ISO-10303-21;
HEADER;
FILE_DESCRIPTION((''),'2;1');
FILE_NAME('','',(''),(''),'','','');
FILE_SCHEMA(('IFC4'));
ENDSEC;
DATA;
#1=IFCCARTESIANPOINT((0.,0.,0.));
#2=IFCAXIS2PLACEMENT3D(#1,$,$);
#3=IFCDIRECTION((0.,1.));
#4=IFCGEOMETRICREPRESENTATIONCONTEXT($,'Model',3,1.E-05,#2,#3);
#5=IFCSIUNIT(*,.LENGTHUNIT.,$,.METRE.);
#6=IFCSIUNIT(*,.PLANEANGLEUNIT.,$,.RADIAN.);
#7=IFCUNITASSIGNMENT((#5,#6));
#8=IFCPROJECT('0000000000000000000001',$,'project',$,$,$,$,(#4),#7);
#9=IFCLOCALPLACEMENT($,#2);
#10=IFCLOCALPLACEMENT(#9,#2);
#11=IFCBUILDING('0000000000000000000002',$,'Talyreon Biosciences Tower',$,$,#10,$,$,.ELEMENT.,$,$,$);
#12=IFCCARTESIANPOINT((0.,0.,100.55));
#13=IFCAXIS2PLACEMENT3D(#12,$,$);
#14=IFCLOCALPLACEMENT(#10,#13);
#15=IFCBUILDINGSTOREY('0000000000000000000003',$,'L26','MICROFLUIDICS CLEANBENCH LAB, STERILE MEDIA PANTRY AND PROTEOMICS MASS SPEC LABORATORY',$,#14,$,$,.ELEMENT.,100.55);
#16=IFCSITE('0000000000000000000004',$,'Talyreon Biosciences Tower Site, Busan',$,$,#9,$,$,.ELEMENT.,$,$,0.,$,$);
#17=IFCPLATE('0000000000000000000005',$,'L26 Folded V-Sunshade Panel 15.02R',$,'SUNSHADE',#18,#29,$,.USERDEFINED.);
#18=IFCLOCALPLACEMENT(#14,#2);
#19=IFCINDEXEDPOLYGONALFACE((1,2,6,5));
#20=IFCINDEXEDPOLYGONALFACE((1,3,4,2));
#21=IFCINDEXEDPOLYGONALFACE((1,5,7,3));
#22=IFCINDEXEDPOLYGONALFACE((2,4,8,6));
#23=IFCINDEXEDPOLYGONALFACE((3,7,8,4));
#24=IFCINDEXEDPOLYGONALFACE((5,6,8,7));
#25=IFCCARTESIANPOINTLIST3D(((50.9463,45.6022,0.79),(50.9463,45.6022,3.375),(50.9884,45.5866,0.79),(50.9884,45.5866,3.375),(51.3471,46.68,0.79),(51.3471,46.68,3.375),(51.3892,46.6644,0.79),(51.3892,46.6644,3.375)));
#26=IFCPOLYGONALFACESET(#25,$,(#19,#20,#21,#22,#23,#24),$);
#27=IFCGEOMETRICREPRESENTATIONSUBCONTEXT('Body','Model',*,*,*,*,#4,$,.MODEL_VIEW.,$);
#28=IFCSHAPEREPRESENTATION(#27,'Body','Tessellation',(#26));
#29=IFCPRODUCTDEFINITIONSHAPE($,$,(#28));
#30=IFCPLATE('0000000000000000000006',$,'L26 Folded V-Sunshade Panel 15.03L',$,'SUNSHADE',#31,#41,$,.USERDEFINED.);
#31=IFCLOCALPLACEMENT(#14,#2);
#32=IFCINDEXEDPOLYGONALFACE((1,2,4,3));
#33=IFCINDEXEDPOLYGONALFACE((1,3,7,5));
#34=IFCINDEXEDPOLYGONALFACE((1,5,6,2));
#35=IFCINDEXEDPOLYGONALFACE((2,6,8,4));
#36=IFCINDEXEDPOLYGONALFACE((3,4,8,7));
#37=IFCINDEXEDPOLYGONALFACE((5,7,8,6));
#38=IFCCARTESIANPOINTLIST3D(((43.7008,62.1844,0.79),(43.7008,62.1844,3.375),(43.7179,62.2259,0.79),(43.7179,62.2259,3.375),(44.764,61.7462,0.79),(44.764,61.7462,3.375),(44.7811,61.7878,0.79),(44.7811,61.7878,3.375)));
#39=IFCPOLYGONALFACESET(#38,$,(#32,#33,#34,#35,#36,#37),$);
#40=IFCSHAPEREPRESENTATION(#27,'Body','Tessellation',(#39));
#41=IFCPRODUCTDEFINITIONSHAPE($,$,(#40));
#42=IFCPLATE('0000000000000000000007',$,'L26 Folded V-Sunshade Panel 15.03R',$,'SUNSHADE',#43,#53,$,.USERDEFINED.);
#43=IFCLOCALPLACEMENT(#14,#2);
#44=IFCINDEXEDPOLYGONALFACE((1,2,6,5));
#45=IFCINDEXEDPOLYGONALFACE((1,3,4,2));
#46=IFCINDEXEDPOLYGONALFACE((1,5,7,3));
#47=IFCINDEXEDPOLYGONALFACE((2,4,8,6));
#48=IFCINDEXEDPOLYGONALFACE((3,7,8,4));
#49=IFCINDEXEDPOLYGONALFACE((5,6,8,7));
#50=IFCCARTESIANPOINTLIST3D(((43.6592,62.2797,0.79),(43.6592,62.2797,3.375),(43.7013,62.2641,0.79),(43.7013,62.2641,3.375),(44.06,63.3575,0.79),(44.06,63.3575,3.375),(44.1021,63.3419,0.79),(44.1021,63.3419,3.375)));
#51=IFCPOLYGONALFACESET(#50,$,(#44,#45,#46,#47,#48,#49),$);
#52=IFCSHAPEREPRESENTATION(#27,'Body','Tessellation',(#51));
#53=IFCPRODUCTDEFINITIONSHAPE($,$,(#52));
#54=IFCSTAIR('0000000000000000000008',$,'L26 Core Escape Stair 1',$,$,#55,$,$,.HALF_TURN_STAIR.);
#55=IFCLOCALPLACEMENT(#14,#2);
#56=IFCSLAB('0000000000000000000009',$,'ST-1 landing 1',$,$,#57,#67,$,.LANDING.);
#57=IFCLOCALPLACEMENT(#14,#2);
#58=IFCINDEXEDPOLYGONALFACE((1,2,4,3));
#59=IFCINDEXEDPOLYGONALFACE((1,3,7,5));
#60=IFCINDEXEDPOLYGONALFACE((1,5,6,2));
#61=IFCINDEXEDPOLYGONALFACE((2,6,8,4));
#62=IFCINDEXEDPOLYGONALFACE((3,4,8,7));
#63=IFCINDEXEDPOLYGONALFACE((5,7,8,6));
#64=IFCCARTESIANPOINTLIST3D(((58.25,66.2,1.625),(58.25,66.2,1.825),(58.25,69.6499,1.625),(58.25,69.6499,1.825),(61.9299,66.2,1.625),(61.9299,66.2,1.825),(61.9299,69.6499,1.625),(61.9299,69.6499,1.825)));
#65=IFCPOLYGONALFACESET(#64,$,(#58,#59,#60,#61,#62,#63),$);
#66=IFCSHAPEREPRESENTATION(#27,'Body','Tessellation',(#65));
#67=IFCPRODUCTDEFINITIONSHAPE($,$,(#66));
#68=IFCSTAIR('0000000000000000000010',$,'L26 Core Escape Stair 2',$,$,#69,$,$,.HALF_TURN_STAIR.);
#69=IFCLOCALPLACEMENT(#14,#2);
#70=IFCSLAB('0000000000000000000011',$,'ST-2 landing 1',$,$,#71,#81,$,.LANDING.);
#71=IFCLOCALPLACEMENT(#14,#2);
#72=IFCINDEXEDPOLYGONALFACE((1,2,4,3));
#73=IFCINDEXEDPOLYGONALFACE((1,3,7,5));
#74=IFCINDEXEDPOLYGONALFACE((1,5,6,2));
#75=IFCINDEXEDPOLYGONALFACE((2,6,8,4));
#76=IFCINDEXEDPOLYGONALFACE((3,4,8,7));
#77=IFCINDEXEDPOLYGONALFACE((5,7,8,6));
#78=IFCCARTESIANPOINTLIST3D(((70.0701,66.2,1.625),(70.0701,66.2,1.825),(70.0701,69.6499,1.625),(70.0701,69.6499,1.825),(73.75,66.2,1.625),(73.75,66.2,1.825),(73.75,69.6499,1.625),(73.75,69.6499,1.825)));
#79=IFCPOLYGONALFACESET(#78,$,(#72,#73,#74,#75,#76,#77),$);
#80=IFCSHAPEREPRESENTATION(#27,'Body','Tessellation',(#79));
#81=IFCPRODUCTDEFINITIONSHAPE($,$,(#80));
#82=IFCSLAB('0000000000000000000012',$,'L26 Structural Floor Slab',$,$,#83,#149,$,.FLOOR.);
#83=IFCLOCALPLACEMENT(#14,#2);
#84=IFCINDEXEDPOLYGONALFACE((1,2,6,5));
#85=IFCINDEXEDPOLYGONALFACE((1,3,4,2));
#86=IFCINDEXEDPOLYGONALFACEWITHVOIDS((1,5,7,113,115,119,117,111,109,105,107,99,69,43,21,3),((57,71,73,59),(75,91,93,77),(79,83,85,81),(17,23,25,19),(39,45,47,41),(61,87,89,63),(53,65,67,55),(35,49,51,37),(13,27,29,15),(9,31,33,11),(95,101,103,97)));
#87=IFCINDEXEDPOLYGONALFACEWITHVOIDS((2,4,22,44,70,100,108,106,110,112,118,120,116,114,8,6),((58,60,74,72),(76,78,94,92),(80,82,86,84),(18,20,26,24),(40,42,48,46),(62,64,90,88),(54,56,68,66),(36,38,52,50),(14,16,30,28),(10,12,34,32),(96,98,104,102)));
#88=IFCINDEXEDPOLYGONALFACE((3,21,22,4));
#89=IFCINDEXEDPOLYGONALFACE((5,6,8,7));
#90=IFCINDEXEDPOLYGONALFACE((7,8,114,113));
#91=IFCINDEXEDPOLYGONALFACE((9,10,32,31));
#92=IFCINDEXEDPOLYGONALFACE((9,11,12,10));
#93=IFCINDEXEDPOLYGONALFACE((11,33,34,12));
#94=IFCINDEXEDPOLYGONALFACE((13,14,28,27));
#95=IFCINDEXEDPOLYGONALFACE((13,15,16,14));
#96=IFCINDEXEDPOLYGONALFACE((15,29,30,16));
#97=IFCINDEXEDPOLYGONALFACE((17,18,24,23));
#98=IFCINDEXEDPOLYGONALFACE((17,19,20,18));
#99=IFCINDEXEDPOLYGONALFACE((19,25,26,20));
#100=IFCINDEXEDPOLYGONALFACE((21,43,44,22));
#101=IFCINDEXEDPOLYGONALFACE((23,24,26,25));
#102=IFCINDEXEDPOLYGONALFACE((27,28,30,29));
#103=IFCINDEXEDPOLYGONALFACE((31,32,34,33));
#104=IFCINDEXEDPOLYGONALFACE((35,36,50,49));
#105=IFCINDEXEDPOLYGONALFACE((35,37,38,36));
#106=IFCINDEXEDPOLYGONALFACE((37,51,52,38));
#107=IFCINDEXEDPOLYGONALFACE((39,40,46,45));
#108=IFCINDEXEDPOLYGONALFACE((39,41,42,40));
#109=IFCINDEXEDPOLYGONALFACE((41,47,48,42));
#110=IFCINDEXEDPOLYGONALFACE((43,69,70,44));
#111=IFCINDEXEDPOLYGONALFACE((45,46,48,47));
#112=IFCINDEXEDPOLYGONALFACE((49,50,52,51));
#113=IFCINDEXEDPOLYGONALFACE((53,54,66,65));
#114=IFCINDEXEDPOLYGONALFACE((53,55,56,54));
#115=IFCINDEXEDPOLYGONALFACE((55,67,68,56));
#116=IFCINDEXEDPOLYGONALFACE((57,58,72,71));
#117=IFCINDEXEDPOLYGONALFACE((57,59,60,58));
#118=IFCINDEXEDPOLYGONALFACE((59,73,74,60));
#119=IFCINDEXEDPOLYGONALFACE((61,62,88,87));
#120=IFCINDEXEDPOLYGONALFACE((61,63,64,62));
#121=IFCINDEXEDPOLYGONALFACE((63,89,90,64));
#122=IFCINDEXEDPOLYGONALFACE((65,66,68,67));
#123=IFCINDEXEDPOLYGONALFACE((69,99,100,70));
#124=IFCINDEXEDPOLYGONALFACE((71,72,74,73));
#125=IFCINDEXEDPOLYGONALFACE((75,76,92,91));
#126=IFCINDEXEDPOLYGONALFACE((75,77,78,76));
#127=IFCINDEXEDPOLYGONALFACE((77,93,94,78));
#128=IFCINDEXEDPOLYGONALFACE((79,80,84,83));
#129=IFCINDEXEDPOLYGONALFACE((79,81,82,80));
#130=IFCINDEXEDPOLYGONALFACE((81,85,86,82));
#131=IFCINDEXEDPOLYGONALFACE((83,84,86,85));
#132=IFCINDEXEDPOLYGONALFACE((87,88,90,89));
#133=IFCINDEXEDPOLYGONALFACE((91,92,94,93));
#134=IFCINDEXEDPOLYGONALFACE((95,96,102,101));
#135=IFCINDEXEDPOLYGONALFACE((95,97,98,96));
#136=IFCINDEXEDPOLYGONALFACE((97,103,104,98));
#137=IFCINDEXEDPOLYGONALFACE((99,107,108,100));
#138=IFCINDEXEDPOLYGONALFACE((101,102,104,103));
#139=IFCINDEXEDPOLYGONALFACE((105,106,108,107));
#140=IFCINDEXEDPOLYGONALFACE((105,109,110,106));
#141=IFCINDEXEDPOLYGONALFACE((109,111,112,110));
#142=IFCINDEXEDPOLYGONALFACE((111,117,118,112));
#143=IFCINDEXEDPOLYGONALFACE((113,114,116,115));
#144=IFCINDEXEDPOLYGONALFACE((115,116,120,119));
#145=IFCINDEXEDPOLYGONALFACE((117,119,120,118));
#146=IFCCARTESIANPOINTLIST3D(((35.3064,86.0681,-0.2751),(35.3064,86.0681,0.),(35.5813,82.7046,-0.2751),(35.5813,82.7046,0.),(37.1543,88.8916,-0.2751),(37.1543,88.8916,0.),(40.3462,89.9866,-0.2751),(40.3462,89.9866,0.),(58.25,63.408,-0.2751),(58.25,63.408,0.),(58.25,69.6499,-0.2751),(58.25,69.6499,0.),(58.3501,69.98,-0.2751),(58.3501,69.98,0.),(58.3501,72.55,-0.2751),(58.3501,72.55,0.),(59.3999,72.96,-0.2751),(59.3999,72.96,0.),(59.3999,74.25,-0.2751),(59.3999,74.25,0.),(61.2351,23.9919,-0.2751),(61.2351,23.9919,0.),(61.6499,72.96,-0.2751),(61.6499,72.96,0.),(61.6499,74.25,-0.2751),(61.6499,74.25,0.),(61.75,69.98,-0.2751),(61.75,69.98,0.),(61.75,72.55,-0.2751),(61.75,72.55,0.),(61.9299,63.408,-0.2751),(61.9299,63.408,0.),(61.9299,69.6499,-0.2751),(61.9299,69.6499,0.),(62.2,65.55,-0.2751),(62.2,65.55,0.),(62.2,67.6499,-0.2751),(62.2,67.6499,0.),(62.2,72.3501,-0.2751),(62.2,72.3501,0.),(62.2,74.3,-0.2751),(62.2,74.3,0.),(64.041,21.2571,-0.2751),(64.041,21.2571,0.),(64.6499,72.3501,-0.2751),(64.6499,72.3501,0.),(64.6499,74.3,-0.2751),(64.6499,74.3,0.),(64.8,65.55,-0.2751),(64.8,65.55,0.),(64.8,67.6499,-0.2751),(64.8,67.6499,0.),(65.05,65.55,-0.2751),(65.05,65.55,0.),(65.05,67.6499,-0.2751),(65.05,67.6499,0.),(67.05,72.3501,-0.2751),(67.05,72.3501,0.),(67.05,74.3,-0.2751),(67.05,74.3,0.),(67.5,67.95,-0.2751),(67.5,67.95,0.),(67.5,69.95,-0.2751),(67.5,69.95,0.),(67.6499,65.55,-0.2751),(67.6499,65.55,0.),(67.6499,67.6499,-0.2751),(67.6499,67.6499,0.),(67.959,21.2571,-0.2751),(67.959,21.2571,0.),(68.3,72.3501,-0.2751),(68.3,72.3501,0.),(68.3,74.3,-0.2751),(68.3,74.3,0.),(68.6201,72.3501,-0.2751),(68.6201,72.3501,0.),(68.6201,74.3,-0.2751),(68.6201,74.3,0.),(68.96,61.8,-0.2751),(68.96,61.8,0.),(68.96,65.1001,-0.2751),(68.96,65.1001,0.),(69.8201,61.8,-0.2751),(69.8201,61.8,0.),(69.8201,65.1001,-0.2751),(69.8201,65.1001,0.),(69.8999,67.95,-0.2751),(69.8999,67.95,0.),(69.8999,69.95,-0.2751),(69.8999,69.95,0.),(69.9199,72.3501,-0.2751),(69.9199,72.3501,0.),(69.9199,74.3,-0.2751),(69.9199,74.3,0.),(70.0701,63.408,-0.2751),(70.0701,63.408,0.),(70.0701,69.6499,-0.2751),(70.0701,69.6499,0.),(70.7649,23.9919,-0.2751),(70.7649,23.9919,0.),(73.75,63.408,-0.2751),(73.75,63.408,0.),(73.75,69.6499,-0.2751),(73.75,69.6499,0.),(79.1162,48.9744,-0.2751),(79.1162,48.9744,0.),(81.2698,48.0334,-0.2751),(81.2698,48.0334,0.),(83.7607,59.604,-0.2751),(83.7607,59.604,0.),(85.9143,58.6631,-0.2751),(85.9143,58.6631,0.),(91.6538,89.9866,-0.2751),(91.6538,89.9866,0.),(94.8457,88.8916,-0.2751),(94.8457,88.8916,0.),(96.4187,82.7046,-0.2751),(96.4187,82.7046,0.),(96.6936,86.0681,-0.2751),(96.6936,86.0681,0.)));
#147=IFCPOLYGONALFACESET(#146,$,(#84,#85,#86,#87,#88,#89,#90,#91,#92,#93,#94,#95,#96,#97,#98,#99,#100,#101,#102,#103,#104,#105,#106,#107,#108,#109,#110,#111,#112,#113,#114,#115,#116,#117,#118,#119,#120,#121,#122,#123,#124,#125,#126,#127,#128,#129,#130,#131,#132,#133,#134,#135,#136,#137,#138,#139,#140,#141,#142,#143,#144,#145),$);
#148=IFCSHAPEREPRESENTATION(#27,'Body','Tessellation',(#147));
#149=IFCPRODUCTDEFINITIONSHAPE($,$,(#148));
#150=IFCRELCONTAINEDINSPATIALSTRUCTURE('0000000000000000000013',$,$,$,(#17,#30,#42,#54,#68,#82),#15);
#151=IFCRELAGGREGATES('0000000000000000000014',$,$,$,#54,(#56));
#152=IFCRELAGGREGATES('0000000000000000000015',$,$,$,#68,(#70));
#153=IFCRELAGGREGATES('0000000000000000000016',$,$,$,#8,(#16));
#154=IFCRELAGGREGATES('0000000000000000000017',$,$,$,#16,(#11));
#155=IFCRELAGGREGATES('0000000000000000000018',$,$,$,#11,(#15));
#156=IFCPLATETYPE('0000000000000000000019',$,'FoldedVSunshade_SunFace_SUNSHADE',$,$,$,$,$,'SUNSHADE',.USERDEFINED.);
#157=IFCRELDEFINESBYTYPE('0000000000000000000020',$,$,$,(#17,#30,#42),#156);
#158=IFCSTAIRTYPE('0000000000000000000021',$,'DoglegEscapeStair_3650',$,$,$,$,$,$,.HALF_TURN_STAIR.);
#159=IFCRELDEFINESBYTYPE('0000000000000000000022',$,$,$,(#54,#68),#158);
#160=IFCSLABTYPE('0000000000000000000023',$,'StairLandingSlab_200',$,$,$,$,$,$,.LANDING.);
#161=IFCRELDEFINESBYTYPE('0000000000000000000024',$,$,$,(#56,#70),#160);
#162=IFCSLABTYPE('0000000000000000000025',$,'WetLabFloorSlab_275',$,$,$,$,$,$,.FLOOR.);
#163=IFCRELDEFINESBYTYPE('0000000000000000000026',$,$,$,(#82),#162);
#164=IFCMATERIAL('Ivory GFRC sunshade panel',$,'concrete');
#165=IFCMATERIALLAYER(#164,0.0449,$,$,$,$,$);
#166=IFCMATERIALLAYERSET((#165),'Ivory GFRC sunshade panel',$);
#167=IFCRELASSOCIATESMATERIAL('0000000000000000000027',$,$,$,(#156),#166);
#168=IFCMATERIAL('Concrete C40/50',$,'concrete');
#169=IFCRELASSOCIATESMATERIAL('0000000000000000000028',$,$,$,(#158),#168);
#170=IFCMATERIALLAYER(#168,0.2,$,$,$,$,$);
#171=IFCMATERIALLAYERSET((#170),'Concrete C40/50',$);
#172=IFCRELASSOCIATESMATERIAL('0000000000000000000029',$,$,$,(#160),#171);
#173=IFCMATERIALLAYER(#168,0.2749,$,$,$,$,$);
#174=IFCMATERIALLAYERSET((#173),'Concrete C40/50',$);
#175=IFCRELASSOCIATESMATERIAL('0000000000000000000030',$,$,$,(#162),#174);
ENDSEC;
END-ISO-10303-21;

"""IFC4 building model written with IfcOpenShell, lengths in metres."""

from ifc_helpers import new_model, si_unit, direction, frame, origin, origin_2d, place, context, subcontext, project, spatial, polyline, rectangle, outline, extrude, material, layer, layer_set, type_object, element, aggregate, save


model = new_model("IFC4")

# Units and contexts
model_context = context("Model", 3, precision=1e-05, world=origin(), true_north=direction((0.0, 1.0)))
body_context = subcontext(model_context, "Body", "Model", "MODEL_VIEW")
ifc_project = project(units=[si_unit("LENGTHUNIT", "METRE"), si_unit("PLANEANGLEUNIT", "RADIAN")], contexts=[model_context])

# Site, building, storey
site_placement = place(None, origin())
site = spatial("IfcSite", under=ifc_project, at=site_placement, Name="Talyreon Biosciences Tower Site, Busan", CompositionType="ELEMENT", RefElevation=0.0)
building_placement = place(site_placement, origin())
building = spatial("IfcBuilding", under=site, at=building_placement, Name="Talyreon Biosciences Tower", CompositionType="ELEMENT")
storey_placement = place(building_placement, frame((0.0, 0.0, 100.55)))
storey = spatial("IfcBuildingStorey", under=building, at=storey_placement, Name="L26", Description="MICROFLUIDICS CLEANBENCH LAB, STERILE MEDIA PANTRY AND PROTEOMICS MASS SPEC LABORATORY", CompositionType="ELEMENT", Elevation=100.55)

# Plates
ifc_material_1 = material(Name="Ivory GFRC sunshade panel", Category="concrete")
ifc_layer_1 = layer(ifc_material_1, 0.0449)
ifc_layer_set_1 = layer_set([ifc_layer_1], Name="Ivory GFRC sunshade panel")
plate_type_1 = type_object("IfcPlateType", Name="FoldedVSunshade_SunFace_SUNSHADE", ElementType="SUNSHADE", PredefinedType="USERDEFINED", material=ifc_layer_set_1)
for number, where, z_axis, x_axis, name in (
    (1, (51.1677, 46.1333, 0.79), (0.0, 0.0, 1.0), (0.348539, 0.937294, 0.0), "L26 Folded V-Sunshade Panel 15.02R"),
    (2, (44.241, 61.9861, 0.79), (0.0, 0.0, 1.0), (-0.924559, 0.381038, 0.0), "L26 Folded V-Sunshade Panel 15.03L"),
    (3, (43.8806, 62.8108, 0.79), (0.0, 0.0, 1.0), (0.348539, 0.937294, 0.0), "L26 Folded V-Sunshade Panel 15.03R"),
):
    element("IfcPlate", number, at=place(storey_placement, frame(where, z_axis=z_axis, x_axis=x_axis)), inside=storey, type_object=plate_type_1, Name=name, ObjectType="SUNSHADE", PredefinedType="USERDEFINED", context=body_context, shape_type="SweptSolid", body=[
        extrude(rectangle(XDim=1.1499, YDim=0.0449, at=origin_2d()), origin(), (0.0, 0.0, 1.0), 2.585),
    ])

# Stairs, slabs
ifc_material_2 = material(Name="Concrete C40/50", Category="concrete")
stair_type = type_object("IfcStairType", Name="DoglegEscapeStair_3650", PredefinedType="HALF_TURN_STAIR", material=ifc_material_2)
stair_1_placement = place(storey_placement, origin())
stair_1 = element("IfcStair", 4, at=stair_1_placement, inside=storey, type_object=stair_type, Name="L26 Core Escape Stair 1", PredefinedType="HALF_TURN_STAIR")
ifc_layer_2 = layer(ifc_material_2, 0.2)
ifc_layer_set_2 = layer_set([ifc_layer_2], Name="Concrete C40/50")
slab_type_1 = type_object("IfcSlabType", Name="StairLandingSlab_200", PredefinedType="LANDING", material=ifc_layer_set_2)
slab_1_placement = place(storey_placement, frame((0.0, 0.0, 1.625)))
slab_1 = element("IfcSlab", 5, at=slab_1_placement, type_object=slab_type_1, Name="ST-1 landing 1", PredefinedType="LANDING", context=body_context, shape_type="SweptSolid", body=[
    extrude(outline(polyline([(61.9299, 66.2), (61.9299, 69.6499), (58.25, 69.6499), (58.25, 66.2), (61.9299, 66.2)])), origin(), (0.0, 0.0, 1.0), 0.2),
])
aggregate(stair_1, [slab_1])
stair_2_placement = place(storey_placement, origin())
stair_2 = element("IfcStair", 6, at=stair_2_placement, inside=storey, type_object=stair_type, Name="L26 Core Escape Stair 2", PredefinedType="HALF_TURN_STAIR")
slab_2_placement = place(storey_placement, frame((0.0, 0.0, 1.625)))
slab_2 = element("IfcSlab", 7, at=slab_2_placement, type_object=slab_type_1, Name="ST-2 landing 1", PredefinedType="LANDING", context=body_context, shape_type="SweptSolid", body=[
    extrude(outline(polyline([(73.75, 66.2), (73.75, 69.6499), (70.0701, 69.6499), (70.0701, 66.2), (73.75, 66.2)])), origin(), (0.0, 0.0, 1.0), 0.2),
])
aggregate(stair_2, [slab_2])

# Slab
ifc_layer_3 = layer(ifc_material_2, 0.2749)
ifc_layer_set_3 = layer_set([ifc_layer_3], Name="Concrete C40/50")
slab_type_2 = type_object("IfcSlabType", Name="WetLabFloorSlab_275", PredefinedType="FLOOR", material=ifc_layer_set_3)
slab_3_placement = place(storey_placement, frame((0.0, 0.0, -0.2751)))
element("IfcSlab", 8, at=slab_3_placement, inside=storey, type_object=slab_type_2, Name="L26 Structural Floor Slab", PredefinedType="FLOOR", context=body_context, shape_type="SweptSolid", body=[
    extrude(outline(polyline([(35.5813, 82.7046), (35.3064, 86.0681), (37.1543, 88.8916), (40.3462, 89.9866), (91.6538, 89.9866), (94.8457, 88.8916), (96.6936, 86.0681), (96.4187, 82.7046), (85.9143, 58.6631), (83.7607, 59.604), (79.1162, 48.9744), (81.2698, 48.0334), (70.7649, 23.9919), (67.959, 21.2571), (64.041, 21.2571), (61.2351, 23.9919), (35.5813, 82.7046)]), holes=[polyline([(61.9299, 69.6499), (61.9299, 63.408), (58.25, 63.408), (58.25, 69.6499), (61.9299, 69.6499)]), polyline([(64.8, 67.6499), (64.8, 65.55), (62.2, 65.55), (62.2, 67.6499), (64.8, 67.6499)]), polyline([(67.6499, 67.6499), (67.6499, 65.55), (65.05, 65.55), (65.05, 67.6499), (67.6499, 67.6499)]), polyline([(61.75, 69.98), (58.3501, 69.98), (58.3501, 72.55), (61.75, 72.55), (61.75, 69.98)]), polyline([(64.6499, 72.3501), (62.2, 72.3501), (62.2, 74.3), (64.6499, 74.3), (64.6499, 72.3501)]), polyline([(61.6499, 74.25), (61.6499, 72.96), (59.3999, 72.96), (59.3999, 74.25), (61.6499, 74.25)]), polyline([(69.8201, 61.8), (68.96, 61.8), (68.96, 65.1001), (69.8201, 65.1001), (69.8201, 61.8)]), polyline([(73.75, 63.408), (70.0701, 63.408), (70.0701, 69.6499), (73.75, 69.6499), (73.75, 63.408)]), polyline([(69.8999, 69.95), (69.8999, 67.95), (67.5, 67.95), (67.5, 69.95), (69.8999, 69.95)]), polyline([(68.3, 72.3501), (67.05, 72.3501), (67.05, 74.3), (68.3, 74.3), (68.3, 72.3501)]), polyline([(69.9199, 72.3501), (68.6201, 72.3501), (68.6201, 74.3), (69.9199, 74.3), (69.9199, 72.3501)])]), origin(), (0.0, 0.0, 1.0), 0.2751),
])

save(model, "model.ifc")
